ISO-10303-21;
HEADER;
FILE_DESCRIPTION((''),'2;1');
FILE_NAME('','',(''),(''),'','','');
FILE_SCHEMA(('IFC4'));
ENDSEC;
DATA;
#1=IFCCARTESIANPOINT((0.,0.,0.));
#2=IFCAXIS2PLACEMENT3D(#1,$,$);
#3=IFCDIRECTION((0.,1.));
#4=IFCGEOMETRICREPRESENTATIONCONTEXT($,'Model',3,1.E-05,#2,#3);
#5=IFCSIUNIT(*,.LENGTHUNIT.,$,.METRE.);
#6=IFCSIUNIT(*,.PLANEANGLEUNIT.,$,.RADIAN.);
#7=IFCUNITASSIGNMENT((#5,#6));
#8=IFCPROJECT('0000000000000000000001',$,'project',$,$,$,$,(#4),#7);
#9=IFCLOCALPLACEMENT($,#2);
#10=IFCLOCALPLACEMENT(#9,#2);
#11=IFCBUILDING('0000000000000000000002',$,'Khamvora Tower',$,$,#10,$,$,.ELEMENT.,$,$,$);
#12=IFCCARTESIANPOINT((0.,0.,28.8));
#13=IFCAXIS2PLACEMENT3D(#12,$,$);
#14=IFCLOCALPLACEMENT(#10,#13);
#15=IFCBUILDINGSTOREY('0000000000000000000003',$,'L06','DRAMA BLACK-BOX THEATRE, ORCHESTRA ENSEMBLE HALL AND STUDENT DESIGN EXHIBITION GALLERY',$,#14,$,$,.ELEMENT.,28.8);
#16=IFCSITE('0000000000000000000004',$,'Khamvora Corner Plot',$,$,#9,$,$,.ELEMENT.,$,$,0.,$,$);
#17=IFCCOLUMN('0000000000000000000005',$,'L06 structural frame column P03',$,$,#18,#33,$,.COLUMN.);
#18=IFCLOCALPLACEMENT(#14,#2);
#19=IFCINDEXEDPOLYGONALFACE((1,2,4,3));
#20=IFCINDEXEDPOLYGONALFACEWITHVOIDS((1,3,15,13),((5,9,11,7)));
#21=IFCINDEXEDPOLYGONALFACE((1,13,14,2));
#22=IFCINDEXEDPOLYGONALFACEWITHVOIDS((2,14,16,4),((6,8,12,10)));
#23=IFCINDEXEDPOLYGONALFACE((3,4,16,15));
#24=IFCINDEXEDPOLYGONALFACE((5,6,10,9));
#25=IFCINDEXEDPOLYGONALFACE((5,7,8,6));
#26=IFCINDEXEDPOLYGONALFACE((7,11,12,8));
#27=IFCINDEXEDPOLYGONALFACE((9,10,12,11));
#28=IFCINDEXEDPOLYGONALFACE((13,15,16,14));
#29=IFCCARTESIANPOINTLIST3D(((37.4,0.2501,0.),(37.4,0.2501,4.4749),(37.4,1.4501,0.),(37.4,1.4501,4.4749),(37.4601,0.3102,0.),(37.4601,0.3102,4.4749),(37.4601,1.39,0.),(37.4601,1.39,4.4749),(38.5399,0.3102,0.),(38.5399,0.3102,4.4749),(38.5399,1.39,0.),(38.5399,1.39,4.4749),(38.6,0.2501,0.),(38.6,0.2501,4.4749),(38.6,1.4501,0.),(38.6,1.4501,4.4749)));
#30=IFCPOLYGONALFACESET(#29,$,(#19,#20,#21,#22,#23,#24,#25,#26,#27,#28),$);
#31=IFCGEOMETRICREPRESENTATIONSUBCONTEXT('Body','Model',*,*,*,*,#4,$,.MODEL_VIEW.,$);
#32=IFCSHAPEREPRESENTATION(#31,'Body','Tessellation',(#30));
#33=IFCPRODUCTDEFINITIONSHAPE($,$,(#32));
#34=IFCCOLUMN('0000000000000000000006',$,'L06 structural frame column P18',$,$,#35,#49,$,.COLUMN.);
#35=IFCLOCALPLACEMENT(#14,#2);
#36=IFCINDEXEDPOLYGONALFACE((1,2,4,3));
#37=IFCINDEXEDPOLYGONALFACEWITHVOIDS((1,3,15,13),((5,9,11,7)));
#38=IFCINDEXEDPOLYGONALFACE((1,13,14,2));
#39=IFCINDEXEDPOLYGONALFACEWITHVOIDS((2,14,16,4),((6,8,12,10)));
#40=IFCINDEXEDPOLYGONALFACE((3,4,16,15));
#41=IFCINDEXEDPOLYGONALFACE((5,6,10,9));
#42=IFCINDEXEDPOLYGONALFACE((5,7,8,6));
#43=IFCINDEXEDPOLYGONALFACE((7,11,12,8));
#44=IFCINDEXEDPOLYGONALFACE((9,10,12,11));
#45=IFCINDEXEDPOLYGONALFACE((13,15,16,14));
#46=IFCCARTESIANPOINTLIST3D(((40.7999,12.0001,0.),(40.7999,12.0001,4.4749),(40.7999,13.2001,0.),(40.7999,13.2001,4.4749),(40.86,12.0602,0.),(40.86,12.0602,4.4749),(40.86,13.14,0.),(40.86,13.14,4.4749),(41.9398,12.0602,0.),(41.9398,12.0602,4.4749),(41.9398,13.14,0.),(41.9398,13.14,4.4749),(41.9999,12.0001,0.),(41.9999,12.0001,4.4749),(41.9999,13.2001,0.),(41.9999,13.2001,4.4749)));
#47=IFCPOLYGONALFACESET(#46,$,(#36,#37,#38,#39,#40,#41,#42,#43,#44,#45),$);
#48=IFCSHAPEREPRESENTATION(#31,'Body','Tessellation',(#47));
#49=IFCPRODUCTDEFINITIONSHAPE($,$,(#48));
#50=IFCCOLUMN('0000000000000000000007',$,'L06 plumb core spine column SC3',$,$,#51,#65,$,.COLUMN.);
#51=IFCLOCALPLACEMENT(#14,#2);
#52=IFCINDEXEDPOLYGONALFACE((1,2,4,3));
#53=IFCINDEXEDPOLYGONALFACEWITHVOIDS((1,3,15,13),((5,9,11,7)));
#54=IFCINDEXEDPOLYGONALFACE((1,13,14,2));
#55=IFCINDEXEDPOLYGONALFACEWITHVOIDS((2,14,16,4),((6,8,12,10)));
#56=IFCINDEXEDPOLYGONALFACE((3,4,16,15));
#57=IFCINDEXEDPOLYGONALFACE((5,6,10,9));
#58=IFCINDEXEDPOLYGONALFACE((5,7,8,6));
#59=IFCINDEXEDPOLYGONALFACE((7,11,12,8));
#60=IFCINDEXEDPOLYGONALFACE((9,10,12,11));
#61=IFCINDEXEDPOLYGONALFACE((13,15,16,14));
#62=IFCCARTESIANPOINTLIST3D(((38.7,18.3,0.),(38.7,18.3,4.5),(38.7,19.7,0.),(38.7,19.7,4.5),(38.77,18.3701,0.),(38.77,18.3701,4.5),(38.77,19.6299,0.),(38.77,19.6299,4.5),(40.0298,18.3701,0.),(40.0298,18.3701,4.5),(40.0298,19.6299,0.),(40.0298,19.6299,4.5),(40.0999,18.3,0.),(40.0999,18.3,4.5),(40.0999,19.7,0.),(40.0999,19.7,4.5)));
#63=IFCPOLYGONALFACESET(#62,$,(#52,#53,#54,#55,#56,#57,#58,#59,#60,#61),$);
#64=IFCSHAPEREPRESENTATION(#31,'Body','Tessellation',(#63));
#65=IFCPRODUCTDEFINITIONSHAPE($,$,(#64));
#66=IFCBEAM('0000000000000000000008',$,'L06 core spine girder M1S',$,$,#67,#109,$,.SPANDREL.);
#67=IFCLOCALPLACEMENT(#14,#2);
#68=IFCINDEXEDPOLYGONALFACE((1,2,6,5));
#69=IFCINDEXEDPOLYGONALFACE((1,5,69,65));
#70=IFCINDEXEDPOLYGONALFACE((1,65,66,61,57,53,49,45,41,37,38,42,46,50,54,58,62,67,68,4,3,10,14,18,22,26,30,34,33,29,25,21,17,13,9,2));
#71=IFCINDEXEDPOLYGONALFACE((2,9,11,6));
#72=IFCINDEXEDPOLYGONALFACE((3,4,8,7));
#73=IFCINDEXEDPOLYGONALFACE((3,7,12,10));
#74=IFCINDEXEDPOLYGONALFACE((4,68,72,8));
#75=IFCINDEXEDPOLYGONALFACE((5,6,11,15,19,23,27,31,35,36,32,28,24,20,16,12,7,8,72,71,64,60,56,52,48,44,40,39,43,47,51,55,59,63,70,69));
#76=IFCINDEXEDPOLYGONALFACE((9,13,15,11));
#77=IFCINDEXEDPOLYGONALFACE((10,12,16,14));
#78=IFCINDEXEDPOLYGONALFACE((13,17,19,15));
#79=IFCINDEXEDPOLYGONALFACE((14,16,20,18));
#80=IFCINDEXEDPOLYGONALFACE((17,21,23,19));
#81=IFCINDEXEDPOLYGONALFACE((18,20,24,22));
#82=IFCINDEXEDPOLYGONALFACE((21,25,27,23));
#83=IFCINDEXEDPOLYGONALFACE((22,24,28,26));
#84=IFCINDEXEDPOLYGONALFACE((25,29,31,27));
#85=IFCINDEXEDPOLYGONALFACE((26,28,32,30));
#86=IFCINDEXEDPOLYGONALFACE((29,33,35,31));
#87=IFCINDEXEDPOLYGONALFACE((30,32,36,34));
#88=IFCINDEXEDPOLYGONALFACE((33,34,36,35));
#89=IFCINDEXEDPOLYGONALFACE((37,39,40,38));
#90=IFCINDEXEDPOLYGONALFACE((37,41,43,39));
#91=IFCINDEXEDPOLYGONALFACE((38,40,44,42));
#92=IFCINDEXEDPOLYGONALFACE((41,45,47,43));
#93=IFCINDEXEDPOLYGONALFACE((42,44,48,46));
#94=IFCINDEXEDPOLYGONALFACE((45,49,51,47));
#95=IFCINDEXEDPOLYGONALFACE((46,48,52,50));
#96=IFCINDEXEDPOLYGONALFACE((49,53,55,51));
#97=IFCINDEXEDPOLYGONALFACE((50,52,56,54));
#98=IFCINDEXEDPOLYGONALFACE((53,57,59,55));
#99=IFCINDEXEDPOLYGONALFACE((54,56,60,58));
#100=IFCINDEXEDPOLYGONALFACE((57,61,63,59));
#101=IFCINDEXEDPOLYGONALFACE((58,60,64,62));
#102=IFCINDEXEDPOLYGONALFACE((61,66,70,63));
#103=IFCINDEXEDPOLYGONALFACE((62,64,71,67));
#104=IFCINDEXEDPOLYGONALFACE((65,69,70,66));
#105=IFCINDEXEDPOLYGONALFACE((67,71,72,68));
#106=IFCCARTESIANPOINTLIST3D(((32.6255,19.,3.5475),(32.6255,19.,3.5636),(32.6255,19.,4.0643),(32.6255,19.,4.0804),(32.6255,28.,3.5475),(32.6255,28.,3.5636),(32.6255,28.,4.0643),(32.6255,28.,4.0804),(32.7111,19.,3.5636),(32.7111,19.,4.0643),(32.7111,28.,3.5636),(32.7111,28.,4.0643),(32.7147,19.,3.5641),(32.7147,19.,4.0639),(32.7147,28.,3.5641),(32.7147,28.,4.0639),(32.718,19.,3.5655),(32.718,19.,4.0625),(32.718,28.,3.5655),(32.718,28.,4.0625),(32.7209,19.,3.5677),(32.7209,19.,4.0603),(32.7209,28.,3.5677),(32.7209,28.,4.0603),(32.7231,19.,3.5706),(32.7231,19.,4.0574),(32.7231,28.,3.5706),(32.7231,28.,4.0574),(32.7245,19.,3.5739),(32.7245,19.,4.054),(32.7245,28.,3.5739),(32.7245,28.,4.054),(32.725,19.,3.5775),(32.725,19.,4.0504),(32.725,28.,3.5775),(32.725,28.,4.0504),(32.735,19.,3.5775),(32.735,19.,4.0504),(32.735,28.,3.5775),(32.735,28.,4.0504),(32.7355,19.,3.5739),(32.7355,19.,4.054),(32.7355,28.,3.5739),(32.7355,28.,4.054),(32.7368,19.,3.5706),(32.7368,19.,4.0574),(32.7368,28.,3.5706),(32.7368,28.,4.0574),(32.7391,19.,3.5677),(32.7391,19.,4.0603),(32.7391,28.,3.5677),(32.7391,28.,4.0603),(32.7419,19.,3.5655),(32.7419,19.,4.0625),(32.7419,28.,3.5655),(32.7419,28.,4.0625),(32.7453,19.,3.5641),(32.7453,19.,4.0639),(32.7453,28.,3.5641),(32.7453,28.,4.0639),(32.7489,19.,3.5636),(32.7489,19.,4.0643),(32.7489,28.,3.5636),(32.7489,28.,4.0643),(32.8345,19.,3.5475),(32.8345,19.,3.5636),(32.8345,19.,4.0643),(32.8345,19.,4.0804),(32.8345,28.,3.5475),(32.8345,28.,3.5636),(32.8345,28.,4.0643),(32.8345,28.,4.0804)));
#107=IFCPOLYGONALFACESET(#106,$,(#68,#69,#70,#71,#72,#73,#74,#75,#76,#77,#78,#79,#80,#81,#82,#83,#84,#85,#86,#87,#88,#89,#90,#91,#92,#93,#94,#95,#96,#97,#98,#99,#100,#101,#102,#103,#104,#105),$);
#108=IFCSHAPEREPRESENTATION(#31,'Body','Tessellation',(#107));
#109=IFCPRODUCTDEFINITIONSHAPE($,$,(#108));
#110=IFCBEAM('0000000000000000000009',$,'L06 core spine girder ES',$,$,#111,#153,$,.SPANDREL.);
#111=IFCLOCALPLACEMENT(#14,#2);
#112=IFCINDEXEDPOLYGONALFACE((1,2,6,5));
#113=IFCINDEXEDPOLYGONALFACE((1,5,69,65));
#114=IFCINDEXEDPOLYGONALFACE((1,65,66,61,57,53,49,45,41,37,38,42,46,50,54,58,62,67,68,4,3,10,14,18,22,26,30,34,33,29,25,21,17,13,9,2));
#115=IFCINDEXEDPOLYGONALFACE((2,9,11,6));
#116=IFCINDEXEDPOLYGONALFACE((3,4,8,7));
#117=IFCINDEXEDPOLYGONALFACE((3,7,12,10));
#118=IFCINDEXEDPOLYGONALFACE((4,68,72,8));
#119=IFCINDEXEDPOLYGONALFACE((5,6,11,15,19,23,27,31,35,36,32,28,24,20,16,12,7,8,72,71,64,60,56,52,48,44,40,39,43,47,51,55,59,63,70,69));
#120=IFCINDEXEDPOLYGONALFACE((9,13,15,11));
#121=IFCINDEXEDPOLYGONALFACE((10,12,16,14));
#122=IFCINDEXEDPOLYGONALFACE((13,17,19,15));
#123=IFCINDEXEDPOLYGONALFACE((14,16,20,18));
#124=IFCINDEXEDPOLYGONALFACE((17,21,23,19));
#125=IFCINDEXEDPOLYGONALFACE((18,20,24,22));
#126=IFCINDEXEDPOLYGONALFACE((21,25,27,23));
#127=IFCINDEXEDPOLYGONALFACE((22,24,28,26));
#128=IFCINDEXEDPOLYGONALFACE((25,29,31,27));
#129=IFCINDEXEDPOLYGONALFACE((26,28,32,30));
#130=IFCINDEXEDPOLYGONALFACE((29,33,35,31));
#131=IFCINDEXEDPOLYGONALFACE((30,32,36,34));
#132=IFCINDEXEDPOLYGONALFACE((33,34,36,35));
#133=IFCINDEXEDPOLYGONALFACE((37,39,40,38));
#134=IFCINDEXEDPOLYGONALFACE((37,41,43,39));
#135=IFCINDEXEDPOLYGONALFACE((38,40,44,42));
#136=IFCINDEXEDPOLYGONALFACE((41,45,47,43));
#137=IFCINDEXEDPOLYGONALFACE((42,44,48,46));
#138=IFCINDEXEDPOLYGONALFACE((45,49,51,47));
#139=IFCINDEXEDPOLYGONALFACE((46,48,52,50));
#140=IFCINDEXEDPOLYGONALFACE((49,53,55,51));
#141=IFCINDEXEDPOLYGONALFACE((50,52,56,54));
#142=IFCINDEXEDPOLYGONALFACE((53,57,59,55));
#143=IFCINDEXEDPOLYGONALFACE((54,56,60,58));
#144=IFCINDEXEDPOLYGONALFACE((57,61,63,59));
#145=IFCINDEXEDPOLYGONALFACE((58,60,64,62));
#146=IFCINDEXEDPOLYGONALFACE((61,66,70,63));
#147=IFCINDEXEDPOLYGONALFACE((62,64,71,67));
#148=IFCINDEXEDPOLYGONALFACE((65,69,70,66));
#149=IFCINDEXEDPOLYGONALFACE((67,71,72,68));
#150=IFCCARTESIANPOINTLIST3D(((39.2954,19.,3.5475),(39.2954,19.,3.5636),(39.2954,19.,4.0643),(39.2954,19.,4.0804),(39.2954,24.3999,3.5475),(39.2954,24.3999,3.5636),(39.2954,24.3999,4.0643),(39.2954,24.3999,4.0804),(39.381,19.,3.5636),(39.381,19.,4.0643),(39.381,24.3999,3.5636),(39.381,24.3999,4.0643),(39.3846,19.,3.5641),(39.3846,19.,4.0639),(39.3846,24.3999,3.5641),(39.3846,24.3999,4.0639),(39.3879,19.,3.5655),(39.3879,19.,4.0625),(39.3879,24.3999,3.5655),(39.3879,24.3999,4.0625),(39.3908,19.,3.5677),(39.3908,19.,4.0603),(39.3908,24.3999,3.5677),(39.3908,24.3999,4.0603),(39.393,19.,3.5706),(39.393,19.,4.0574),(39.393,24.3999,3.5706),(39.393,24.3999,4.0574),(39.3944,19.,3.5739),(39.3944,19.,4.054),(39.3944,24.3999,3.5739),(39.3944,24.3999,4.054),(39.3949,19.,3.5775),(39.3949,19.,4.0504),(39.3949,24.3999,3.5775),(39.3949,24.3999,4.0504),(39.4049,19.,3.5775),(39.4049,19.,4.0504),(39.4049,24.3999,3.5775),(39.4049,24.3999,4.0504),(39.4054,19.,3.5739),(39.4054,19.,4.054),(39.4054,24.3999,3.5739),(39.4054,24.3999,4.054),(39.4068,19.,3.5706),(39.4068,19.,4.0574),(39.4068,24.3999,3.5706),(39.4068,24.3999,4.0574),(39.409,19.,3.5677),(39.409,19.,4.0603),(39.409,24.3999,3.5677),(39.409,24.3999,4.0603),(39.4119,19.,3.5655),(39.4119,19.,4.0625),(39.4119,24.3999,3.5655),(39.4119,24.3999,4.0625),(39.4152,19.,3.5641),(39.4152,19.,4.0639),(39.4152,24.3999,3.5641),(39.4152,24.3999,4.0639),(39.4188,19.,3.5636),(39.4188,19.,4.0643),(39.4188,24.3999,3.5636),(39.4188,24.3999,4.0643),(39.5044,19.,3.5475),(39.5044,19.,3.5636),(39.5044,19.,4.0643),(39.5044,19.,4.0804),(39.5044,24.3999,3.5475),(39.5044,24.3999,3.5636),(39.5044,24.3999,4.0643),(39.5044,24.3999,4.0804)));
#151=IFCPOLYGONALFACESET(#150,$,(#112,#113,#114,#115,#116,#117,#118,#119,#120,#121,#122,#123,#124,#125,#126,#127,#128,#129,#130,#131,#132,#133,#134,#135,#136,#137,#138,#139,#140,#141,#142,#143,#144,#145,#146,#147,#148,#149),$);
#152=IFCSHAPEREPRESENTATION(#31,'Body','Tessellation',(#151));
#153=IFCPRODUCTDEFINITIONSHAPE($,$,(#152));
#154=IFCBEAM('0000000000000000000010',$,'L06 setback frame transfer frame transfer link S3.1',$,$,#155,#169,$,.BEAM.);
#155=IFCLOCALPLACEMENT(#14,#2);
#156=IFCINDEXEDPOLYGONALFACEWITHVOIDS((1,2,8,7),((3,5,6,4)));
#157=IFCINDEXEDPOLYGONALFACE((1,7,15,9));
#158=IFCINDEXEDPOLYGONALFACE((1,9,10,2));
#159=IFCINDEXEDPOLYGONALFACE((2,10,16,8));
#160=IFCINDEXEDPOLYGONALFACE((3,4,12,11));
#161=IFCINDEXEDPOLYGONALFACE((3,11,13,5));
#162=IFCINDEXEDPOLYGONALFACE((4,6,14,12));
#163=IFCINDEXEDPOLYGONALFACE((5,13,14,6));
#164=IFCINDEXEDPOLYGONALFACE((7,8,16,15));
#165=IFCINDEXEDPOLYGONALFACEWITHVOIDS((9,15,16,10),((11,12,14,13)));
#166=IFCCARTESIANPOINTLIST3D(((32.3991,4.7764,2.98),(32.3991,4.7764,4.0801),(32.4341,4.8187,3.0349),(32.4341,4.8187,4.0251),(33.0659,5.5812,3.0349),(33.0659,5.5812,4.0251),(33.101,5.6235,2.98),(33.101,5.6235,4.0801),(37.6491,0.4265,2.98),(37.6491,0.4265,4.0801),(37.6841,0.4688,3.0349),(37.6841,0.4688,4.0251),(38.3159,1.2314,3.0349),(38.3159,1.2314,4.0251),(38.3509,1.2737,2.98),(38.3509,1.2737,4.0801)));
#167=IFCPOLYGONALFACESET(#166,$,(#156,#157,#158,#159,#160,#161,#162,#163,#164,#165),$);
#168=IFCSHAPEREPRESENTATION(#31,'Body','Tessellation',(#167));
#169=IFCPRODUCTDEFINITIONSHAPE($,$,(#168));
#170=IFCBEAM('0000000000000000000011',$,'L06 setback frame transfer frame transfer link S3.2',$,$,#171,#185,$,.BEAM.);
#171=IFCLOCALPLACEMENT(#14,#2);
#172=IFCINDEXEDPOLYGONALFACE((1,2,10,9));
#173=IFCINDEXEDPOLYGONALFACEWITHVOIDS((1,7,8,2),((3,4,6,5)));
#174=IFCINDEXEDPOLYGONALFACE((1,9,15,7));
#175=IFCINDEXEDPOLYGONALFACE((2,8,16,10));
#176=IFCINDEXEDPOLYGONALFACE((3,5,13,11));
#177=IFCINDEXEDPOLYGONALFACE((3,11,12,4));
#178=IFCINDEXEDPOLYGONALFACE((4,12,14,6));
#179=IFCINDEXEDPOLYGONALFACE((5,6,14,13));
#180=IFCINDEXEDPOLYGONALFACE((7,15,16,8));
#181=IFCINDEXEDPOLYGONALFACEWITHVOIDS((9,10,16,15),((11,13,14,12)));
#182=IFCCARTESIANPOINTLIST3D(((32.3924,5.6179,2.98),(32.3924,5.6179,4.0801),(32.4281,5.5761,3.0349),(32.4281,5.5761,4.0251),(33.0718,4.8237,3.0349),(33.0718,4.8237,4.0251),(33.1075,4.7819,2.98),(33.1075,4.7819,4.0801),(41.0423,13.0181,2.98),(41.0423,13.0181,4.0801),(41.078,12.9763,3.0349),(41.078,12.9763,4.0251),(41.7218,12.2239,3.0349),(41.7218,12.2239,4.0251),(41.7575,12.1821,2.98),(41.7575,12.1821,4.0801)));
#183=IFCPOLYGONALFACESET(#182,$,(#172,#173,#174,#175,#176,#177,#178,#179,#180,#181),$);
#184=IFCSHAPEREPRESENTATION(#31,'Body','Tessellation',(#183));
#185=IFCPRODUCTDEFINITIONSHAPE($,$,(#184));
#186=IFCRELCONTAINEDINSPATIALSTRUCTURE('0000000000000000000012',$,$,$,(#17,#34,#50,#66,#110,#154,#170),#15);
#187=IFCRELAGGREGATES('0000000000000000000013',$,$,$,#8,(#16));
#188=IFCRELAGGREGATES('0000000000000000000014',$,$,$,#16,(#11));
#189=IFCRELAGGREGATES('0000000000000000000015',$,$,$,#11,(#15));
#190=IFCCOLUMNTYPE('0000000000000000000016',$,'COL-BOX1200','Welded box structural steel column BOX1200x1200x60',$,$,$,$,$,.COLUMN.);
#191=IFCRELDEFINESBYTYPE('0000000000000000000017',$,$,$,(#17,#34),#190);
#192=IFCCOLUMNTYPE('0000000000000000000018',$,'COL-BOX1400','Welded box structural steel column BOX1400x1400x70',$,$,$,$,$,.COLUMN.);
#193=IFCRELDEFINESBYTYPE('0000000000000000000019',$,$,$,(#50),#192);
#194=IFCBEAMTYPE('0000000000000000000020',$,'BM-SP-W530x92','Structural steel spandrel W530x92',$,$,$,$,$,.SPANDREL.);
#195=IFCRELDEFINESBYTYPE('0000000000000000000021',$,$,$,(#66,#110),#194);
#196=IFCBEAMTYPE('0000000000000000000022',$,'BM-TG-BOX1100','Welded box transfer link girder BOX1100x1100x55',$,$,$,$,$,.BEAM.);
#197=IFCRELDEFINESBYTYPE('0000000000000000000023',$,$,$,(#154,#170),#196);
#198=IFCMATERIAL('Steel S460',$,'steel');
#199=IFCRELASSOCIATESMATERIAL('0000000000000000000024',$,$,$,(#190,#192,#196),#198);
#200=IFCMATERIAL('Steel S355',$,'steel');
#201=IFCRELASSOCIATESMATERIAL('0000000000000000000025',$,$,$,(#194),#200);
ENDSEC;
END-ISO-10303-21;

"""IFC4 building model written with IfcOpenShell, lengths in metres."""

from ifc_helpers import new_model, si_unit, direction, frame, origin, origin_2d, place, context, subcontext, project, spatial, hollow_rectangle, i_section, extrude, material, material_profile, profile_set, type_object, element, save


model = new_model("IFC4")

# Units and contexts
model_context = context("Model", 3, precision=1e-05, world=origin(), true_north=direction((0.0, 1.0)))
body_context = subcontext(model_context, "Body", "Model", "MODEL_VIEW")
ifc_project = project(units=[si_unit("LENGTHUNIT", "METRE"), si_unit("PLANEANGLEUNIT", "RADIAN")], contexts=[model_context])

# Site, building, storey
site_placement = place(None, origin())
site = spatial("IfcSite", under=ifc_project, at=site_placement, Name="Khamvora Corner Plot", CompositionType="ELEMENT", RefElevation=0.0)
building_placement = place(site_placement, origin())
building = spatial("IfcBuilding", under=site, at=building_placement, Name="Khamvora Tower", CompositionType="ELEMENT")
storey_placement = place(building_placement, frame((0.0, 0.0, 28.8)))
storey = spatial("IfcBuildingStorey", under=building, at=storey_placement, Name="L06", Description="DRAMA BLACK-BOX THEATRE, ORCHESTRA ENSEMBLE HALL AND STUDENT DESIGN EXHIBITION GALLERY", CompositionType="ELEMENT", Elevation=28.8)

# Columns
ifc_material_1 = material(Name="Steel S460", Category="steel")
ifc_material_profile_1 = material_profile(ifc_material_1, hollow_rectangle(XDim=1.2, YDim=1.2, WallThickness=0.0601, at=origin_2d()), Name="BOX1200x1200x60")
ifc_profile_set_1 = profile_set([ifc_material_profile_1], Name="Steel S460")
column_type_1 = type_object("IfcColumnType", Name="COL-BOX1200", Description="Welded box structural steel column BOX1200x1200x60", PredefinedType="COLUMN", material=ifc_profile_set_1)
for number, where, z_axis, x_axis, name in (
    (1, (38.0, 0.8501, 0.0), (0.0, 0.0, 1.0), (1.0, 0.0, 0.0), "L06 structural frame column P03"),
    (2, (41.3999, 12.6001, 0.0), (0.0, 0.0, 1.0), (1.0, 0.0, 0.0), "L06 structural frame column P18"),
):
    element("IfcColumn", number, at=place(storey_placement, frame(where, z_axis=z_axis, x_axis=x_axis)), inside=storey, type_object=column_type_1, Name=name, PredefinedType="COLUMN", context=body_context, shape_type="SweptSolid", body=[
        extrude(hollow_rectangle(XDim=1.2, YDim=1.2, WallThickness=0.0601, at=origin_2d()), origin(), (0.0, 0.0, 1.0), 4.4749),
    ])
ifc_material_profile_2 = material_profile(ifc_material_1, hollow_rectangle(XDim=1.3999, YDim=1.3999, WallThickness=0.0701, at=origin_2d()), Name="BOX1400x1400x70")
ifc_profile_set_2 = profile_set([ifc_material_profile_2], Name="Steel S460")
column_type_2 = type_object("IfcColumnType", Name="COL-BOX1400", Description="Welded box structural steel column BOX1400x1400x70", PredefinedType="COLUMN", material=ifc_profile_set_2)
column_placement = place(storey_placement, frame((39.3999, 19.0, 0.0), z_axis=(0.0, 0.0, 1.0), x_axis=(1.0, 0.0, 0.0)))
element("IfcColumn", 3, at=column_placement, inside=storey, type_object=column_type_2, Name="L06 plumb core spine column SC3", PredefinedType="COLUMN", context=body_context, shape_type="SweptSolid", body=[
    extrude(hollow_rectangle(XDim=1.3999, YDim=1.3999, WallThickness=0.0701, at=origin_2d()), origin(), (0.0, 0.0, 1.0), 4.5),
])

# Beams
ifc_material_2 = material(Name="Steel S355", Category="steel")
ifc_material_profile_3 = material_profile(ifc_material_2, i_section(OverallWidth=0.209, OverallDepth=0.533, WebThickness=0.01, FlangeThickness=0.0161, FilletRadius=0.0139, at=origin_2d()), Name="W530x92")
ifc_profile_set_3 = profile_set([ifc_material_profile_3], Name="Steel S355")
beam_type_1 = type_object("IfcBeamType", Name="BM-SP-W530x92", Description="Structural steel spandrel W530x92", PredefinedType="SPANDREL", material=ifc_profile_set_3)
beam_1_placement = place(storey_placement, frame((32.73, 19.0, 3.814), z_axis=(0.0, 1.0, 0.0), x_axis=(-1.0, 0.0, 0.0)))
element("IfcBeam", 4, at=beam_1_placement, inside=storey, type_object=beam_type_1, Name="L06 core spine girder M1S", PredefinedType="SPANDREL", context=body_context, shape_type="SweptSolid", body=[
    extrude(i_section(OverallWidth=0.209, OverallDepth=0.533, WebThickness=0.01, FlangeThickness=0.0161, FilletRadius=0.0139, at=origin_2d()), origin(), (0.0, 0.0, 1.0), 9.0),
])
beam_2_placement = place(storey_placement, frame((39.3999, 19.0, 3.814), z_axis=(0.0, 1.0, 0.0), x_axis=(-1.0, 0.0, 0.0)))
element("IfcBeam", 5, at=beam_2_placement, inside=storey, type_object=beam_type_1, Name="L06 core spine girder ES", PredefinedType="SPANDREL", context=body_context, shape_type="SweptSolid", body=[
    extrude(i_section(OverallWidth=0.209, OverallDepth=0.533, WebThickness=0.01, FlangeThickness=0.0161, FilletRadius=0.0139, at=origin_2d()), origin(), (0.0, 0.0, 1.0), 5.3999),
])
ifc_material_profile_4 = material_profile(ifc_material_1, hollow_rectangle(XDim=1.1001, YDim=1.1001, WallThickness=0.0549, at=origin_2d()), Name="BOX1100x1100x55")
ifc_profile_set_4 = profile_set([ifc_material_profile_4], Name="Steel S460")
beam_type_2 = type_object("IfcBeamType", Name="BM-TG-BOX1100", Description="Welded box transfer link girder BOX1100x1100x55", PredefinedType="BEAM", material=ifc_profile_set_4)
beam_3_placement = place(storey_placement, frame((38.0, 0.8501, 3.53), z_axis=(-0.770032, 0.638005, 0.0), x_axis=(-0.638005, -0.770032, 0.0)))
element("IfcBeam", 6, at=beam_3_placement, inside=storey, type_object=beam_type_2, Name="L06 setback frame transfer frame transfer link S3.1", PredefinedType="BEAM", context=body_context, shape_type="SweptSolid", body=[
    extrude(hollow_rectangle(XDim=1.1001, YDim=1.1001, WallThickness=0.0549, at=origin_2d()), origin(), (0.0, 0.0, 1.0), 6.8179),
])
beam_4_placement = place(storey_placement, frame((41.3999, 12.6001, 3.53), z_axis=(-0.759866, -0.650079, 0.0), x_axis=(0.650079, -0.759866, 0.0)))
element("IfcBeam", 7, at=beam_4_placement, inside=storey, type_object=beam_type_2, Name="L06 setback frame transfer frame transfer link S3.2", PredefinedType="BEAM", context=body_context, shape_type="SweptSolid", body=[
    extrude(hollow_rectangle(XDim=1.1001, YDim=1.1001, WallThickness=0.0549, at=origin_2d()), origin(), (0.0, 0.0, 1.0), 11.3835),
])

save(model, "model.ifc")
